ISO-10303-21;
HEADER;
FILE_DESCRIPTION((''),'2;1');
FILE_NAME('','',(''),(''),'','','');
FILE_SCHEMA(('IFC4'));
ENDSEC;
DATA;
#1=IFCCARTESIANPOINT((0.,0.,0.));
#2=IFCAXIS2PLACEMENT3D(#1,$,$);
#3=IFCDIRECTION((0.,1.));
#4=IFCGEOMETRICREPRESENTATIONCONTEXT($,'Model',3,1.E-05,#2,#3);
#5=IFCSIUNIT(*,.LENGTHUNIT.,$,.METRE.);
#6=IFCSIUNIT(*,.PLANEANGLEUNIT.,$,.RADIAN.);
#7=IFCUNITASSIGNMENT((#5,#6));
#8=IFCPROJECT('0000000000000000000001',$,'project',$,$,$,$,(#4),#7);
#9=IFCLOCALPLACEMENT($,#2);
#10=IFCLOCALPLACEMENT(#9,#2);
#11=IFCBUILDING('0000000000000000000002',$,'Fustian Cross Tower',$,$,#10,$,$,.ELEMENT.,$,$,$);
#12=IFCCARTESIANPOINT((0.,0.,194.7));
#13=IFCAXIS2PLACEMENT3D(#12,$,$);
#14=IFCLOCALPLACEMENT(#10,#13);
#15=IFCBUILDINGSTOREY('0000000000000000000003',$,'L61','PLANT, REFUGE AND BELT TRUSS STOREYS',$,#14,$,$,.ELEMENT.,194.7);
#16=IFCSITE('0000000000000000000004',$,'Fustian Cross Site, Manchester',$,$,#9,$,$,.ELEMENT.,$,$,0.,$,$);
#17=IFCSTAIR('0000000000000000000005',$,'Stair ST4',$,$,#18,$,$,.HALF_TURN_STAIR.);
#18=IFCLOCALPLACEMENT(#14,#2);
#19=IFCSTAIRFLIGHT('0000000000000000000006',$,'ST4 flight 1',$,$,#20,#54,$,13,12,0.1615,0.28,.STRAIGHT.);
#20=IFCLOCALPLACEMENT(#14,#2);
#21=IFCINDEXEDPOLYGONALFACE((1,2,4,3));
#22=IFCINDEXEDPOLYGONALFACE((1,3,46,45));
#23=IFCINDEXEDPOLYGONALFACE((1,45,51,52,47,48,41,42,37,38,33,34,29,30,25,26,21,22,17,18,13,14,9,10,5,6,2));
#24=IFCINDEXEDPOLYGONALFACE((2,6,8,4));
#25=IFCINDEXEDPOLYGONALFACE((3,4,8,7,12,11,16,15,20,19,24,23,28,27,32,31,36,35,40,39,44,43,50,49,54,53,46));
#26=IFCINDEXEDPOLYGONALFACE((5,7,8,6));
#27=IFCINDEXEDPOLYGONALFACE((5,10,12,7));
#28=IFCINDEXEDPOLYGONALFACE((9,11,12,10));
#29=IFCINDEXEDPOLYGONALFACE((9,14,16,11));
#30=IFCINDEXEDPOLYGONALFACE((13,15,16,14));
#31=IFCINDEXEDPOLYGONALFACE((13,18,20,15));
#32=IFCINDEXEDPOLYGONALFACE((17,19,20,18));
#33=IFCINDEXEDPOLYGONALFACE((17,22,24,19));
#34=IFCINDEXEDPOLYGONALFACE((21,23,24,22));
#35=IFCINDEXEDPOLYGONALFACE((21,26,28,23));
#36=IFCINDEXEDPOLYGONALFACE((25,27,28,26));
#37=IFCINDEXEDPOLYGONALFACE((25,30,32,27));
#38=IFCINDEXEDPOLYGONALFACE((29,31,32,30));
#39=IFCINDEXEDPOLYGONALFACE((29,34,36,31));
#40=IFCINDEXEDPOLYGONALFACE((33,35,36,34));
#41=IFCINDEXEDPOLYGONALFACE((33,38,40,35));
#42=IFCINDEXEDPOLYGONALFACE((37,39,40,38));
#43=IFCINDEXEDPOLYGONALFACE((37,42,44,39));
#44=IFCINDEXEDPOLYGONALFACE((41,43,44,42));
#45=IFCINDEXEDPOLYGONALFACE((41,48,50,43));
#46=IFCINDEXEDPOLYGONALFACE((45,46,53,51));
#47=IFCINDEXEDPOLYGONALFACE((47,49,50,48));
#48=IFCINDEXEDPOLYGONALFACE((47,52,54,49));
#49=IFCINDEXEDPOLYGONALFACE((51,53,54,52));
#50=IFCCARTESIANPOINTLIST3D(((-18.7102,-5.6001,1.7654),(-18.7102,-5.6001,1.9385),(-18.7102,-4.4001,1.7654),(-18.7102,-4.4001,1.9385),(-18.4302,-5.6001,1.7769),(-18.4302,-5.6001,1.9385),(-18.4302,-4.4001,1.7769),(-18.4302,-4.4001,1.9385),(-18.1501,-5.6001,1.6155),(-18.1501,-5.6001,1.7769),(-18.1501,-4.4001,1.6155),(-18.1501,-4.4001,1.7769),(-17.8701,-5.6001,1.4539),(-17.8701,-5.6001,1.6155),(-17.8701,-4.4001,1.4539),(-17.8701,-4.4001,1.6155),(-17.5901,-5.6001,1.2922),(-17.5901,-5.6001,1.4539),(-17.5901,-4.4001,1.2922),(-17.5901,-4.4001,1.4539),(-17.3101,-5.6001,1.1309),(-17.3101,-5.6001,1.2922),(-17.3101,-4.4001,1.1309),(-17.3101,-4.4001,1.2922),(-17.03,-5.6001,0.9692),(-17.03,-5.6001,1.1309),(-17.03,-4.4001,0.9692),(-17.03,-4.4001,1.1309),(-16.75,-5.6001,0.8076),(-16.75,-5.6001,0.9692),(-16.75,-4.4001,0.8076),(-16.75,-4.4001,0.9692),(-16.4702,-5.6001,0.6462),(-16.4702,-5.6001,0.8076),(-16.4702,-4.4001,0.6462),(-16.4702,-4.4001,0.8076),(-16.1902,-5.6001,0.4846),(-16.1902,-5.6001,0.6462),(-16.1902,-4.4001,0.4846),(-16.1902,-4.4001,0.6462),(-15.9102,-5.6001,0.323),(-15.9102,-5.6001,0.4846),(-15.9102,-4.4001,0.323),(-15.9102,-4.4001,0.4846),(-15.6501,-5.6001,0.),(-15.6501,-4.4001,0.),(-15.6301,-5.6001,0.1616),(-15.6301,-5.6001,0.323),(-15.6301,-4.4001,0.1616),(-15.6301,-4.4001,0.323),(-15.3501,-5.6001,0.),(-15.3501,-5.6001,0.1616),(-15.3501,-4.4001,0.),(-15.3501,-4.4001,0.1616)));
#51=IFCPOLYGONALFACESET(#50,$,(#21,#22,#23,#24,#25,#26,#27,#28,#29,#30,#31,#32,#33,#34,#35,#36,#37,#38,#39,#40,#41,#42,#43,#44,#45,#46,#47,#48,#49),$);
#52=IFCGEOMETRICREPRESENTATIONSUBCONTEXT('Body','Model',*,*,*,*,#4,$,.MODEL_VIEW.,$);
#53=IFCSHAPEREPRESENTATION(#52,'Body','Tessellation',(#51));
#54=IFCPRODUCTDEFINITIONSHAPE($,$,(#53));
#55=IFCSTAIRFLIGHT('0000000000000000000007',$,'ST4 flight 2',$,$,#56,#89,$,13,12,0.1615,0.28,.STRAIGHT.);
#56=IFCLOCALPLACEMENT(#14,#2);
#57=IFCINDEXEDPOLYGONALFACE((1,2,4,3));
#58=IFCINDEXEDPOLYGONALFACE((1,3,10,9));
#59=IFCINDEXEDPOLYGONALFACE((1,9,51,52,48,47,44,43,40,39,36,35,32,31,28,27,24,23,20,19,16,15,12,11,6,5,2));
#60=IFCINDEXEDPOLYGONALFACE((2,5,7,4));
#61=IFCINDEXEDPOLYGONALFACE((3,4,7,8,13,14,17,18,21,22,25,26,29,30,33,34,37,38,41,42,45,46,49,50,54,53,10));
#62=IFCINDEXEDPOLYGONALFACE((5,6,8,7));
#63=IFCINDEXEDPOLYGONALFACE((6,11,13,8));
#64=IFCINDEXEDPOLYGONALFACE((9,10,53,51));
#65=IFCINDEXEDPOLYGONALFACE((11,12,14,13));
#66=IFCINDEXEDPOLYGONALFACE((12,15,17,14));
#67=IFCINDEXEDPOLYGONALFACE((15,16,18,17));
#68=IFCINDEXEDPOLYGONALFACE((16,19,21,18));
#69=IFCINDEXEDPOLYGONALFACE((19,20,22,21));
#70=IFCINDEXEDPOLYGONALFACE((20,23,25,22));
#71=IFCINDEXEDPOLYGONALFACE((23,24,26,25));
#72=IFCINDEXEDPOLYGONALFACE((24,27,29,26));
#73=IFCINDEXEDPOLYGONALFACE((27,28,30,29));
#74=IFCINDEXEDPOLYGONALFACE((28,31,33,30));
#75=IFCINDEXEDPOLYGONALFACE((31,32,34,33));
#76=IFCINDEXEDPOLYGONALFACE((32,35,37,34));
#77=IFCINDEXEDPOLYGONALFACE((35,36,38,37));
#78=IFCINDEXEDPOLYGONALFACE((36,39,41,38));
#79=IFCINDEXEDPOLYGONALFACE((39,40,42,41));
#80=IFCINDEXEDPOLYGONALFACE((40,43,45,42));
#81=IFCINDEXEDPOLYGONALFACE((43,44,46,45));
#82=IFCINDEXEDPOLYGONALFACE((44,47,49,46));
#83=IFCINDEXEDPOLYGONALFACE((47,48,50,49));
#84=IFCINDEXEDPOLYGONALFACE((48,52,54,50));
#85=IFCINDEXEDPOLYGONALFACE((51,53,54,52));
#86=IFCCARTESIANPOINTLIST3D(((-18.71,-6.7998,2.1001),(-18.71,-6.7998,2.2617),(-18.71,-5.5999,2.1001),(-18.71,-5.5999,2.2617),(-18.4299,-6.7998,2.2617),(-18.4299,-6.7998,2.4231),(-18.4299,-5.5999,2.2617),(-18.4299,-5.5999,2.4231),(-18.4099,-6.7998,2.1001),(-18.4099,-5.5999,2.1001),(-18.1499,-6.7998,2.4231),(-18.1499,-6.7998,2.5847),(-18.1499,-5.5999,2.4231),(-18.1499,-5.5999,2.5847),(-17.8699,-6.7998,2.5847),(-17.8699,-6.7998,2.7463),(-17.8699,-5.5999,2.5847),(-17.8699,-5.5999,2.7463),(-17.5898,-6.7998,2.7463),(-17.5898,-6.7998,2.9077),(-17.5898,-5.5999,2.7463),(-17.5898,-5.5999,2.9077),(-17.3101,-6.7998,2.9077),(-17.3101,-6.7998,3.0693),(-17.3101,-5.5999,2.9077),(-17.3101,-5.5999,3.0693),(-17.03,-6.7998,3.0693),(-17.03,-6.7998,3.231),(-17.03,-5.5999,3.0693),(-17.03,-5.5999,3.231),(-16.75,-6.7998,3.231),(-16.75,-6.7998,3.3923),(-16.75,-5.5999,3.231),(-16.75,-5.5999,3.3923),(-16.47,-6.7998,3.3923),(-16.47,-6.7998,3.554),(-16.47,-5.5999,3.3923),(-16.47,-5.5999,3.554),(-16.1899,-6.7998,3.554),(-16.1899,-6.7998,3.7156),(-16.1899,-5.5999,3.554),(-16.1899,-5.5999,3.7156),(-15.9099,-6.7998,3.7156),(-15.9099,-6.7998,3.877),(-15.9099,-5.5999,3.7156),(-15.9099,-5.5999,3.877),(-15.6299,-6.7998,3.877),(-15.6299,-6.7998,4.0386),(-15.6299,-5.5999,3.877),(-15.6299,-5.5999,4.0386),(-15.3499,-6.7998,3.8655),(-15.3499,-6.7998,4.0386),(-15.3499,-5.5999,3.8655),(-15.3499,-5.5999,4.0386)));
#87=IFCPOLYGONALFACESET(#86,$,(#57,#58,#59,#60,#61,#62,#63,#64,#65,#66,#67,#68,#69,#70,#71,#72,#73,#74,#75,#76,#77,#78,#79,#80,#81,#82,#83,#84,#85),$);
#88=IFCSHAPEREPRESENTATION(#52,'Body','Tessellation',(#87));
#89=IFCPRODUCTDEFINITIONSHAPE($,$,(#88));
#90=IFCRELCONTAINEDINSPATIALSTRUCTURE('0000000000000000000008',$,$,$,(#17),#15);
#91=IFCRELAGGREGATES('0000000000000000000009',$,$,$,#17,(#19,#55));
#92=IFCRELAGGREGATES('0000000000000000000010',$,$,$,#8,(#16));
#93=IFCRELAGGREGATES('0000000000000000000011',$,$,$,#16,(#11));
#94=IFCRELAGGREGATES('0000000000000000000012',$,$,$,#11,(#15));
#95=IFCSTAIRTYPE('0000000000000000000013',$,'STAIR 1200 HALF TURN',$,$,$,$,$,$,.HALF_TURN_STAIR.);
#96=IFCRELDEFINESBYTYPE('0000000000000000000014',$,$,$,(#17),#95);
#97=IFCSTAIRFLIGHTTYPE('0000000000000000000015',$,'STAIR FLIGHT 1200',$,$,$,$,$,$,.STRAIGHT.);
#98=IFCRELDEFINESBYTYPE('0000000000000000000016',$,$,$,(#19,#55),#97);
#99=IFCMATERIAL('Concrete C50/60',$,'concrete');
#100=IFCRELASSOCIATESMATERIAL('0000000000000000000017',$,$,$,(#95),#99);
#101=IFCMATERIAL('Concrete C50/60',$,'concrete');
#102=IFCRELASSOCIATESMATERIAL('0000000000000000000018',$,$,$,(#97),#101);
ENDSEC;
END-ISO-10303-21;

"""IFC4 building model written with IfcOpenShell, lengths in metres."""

from ifc_helpers import new_model, si_unit, direction, frame, origin, place, context, subcontext, project, spatial, polyline, outline, extrude, material, type_object, element, aggregate, save


model = new_model("IFC4")

# Units and contexts
model_context = context("Model", 3, precision=1e-05, world=origin(), true_north=direction((0.0, 1.0)))
body_context = subcontext(model_context, "Body", "Model", "MODEL_VIEW")
ifc_project = project(units=[si_unit("LENGTHUNIT", "METRE"), si_unit("PLANEANGLEUNIT", "RADIAN")], contexts=[model_context])

# Site, building, storey
site_placement = place(None, origin())
site = spatial("IfcSite", under=ifc_project, at=site_placement, Name="Fustian Cross Site, Manchester", CompositionType="ELEMENT", RefElevation=0.0)
building_placement = place(site_placement, origin())
building = spatial("IfcBuilding", under=site, at=building_placement, Name="Fustian Cross Tower", CompositionType="ELEMENT")
storey_placement = place(building_placement, frame((0.0, 0.0, 194.7)))
storey = spatial("IfcBuildingStorey", under=building, at=storey_placement, Name="L61", Description="PLANT, REFUGE AND BELT TRUSS STOREYS", CompositionType="ELEMENT", Elevation=194.7)

# Stair, stair flights
ifc_material_1 = material(Name="Concrete C50/60", Category="concrete")
stair_type = type_object("IfcStairType", Name="STAIR 1200 HALF TURN", PredefinedType="HALF_TURN_STAIR", material=ifc_material_1)
stair_placement = place(storey_placement, origin())
stair = element("IfcStair", 1, at=stair_placement, inside=storey, type_object=stair_type, Name="Stair ST4", PredefinedType="HALF_TURN_STAIR")
ifc_material_2 = material(Name="Concrete C50/60", Category="concrete")
stair_flight_type = type_object("IfcStairFlightType", Name="STAIR FLIGHT 1200", PredefinedType="STRAIGHT", material=ifc_material_2)
stair_flight_1_placement = place(storey_placement, frame((-15.3501, -5.0, 0.0), z_axis=(0.0, 0.0, 1.0), x_axis=(-1.0, 0.0, 0.0)))
stair_flight_1 = element("IfcStairFlight", 2, at=stair_flight_1_placement, type_object=stair_flight_type, Name="ST4 flight 1", NumberOfRisers=13, NumberOfTreads=12, PredefinedType="STRAIGHT", RiserHeight=0.1615, TreadLength=0.28, context=body_context, shape_type="SweptSolid", body=[
    extrude(outline(polyline([(0.0, 0.0), (0.0, 0.1616), (0.28, 0.1616), (0.28, 0.323), (0.5601, 0.323), (0.5601, 0.4846), (0.8401, 0.4846), (0.8401, 0.6462), (1.1201, 0.6462), (1.1201, 0.8076), (1.3999, 0.8076), (1.3999, 0.9692), (1.6799, 0.9692), (1.6799, 1.1309), (1.96, 1.1309), (1.96, 1.2922), (2.24, 1.2922), (2.24, 1.4539), (2.52, 1.4539), (2.52, 1.6155), (2.8, 1.6155), (2.8, 1.7769), (3.0801, 1.7769), (3.0801, 1.9385), (3.3601, 1.9385), (3.3601, 2.1001), (3.3601, 1.7654), (0.3, 0.0), (0.0, 0.0)])), frame((0.0, 0.6001, 0.0), z_axis=(0.0, -1.0, 0.0), x_axis=(1.0, 0.0, 0.0)), (0.0, 0.0, 1.0), 1.2),
])
stair_flight_2_placement = place(storey_placement, frame((-18.71, -6.2, 2.1001), z_axis=(0.0, 0.0, 1.0), x_axis=(1.0, 0.0, 0.0)))
stair_flight_2 = element("IfcStairFlight", 3, at=stair_flight_2_placement, type_object=stair_flight_type, Name="ST4 flight 2", NumberOfRisers=13, NumberOfTreads=12, PredefinedType="STRAIGHT", RiserHeight=0.1615, TreadLength=0.28, context=body_context, shape_type="SweptSolid", body=[
    extrude(outline(polyline([(0.0, 0.0), (0.0, 0.1616), (0.28, 0.1616), (0.28, 0.323), (0.5601, 0.323), (0.5601, 0.4846), (0.8401, 0.4846), (0.8401, 0.6462), (1.1201, 0.6462), (1.1201, 0.8076), (1.3999, 0.8076), (1.3999, 0.9692), (1.6799, 0.9692), (1.6799, 1.1309), (1.96, 1.1309), (1.96, 1.2922), (2.24, 1.2922), (2.24, 1.4539), (2.52, 1.4539), (2.52, 1.6155), (2.8, 1.6155), (2.8, 1.7769), (3.0801, 1.7769), (3.0801, 1.9385), (3.3601, 1.9385), (3.3601, 2.1001), (3.3601, 1.7654), (0.3, 0.0), (0.0, 0.0)])), frame((0.0, 0.6001, 0.0), z_axis=(0.0, -1.0, 0.0), x_axis=(1.0, 0.0, 0.0)), (0.0, 0.0, 1.0), 1.2),
])
aggregate(stair, [stair_flight_1, stair_flight_2])

save(model, "model.ifc")
